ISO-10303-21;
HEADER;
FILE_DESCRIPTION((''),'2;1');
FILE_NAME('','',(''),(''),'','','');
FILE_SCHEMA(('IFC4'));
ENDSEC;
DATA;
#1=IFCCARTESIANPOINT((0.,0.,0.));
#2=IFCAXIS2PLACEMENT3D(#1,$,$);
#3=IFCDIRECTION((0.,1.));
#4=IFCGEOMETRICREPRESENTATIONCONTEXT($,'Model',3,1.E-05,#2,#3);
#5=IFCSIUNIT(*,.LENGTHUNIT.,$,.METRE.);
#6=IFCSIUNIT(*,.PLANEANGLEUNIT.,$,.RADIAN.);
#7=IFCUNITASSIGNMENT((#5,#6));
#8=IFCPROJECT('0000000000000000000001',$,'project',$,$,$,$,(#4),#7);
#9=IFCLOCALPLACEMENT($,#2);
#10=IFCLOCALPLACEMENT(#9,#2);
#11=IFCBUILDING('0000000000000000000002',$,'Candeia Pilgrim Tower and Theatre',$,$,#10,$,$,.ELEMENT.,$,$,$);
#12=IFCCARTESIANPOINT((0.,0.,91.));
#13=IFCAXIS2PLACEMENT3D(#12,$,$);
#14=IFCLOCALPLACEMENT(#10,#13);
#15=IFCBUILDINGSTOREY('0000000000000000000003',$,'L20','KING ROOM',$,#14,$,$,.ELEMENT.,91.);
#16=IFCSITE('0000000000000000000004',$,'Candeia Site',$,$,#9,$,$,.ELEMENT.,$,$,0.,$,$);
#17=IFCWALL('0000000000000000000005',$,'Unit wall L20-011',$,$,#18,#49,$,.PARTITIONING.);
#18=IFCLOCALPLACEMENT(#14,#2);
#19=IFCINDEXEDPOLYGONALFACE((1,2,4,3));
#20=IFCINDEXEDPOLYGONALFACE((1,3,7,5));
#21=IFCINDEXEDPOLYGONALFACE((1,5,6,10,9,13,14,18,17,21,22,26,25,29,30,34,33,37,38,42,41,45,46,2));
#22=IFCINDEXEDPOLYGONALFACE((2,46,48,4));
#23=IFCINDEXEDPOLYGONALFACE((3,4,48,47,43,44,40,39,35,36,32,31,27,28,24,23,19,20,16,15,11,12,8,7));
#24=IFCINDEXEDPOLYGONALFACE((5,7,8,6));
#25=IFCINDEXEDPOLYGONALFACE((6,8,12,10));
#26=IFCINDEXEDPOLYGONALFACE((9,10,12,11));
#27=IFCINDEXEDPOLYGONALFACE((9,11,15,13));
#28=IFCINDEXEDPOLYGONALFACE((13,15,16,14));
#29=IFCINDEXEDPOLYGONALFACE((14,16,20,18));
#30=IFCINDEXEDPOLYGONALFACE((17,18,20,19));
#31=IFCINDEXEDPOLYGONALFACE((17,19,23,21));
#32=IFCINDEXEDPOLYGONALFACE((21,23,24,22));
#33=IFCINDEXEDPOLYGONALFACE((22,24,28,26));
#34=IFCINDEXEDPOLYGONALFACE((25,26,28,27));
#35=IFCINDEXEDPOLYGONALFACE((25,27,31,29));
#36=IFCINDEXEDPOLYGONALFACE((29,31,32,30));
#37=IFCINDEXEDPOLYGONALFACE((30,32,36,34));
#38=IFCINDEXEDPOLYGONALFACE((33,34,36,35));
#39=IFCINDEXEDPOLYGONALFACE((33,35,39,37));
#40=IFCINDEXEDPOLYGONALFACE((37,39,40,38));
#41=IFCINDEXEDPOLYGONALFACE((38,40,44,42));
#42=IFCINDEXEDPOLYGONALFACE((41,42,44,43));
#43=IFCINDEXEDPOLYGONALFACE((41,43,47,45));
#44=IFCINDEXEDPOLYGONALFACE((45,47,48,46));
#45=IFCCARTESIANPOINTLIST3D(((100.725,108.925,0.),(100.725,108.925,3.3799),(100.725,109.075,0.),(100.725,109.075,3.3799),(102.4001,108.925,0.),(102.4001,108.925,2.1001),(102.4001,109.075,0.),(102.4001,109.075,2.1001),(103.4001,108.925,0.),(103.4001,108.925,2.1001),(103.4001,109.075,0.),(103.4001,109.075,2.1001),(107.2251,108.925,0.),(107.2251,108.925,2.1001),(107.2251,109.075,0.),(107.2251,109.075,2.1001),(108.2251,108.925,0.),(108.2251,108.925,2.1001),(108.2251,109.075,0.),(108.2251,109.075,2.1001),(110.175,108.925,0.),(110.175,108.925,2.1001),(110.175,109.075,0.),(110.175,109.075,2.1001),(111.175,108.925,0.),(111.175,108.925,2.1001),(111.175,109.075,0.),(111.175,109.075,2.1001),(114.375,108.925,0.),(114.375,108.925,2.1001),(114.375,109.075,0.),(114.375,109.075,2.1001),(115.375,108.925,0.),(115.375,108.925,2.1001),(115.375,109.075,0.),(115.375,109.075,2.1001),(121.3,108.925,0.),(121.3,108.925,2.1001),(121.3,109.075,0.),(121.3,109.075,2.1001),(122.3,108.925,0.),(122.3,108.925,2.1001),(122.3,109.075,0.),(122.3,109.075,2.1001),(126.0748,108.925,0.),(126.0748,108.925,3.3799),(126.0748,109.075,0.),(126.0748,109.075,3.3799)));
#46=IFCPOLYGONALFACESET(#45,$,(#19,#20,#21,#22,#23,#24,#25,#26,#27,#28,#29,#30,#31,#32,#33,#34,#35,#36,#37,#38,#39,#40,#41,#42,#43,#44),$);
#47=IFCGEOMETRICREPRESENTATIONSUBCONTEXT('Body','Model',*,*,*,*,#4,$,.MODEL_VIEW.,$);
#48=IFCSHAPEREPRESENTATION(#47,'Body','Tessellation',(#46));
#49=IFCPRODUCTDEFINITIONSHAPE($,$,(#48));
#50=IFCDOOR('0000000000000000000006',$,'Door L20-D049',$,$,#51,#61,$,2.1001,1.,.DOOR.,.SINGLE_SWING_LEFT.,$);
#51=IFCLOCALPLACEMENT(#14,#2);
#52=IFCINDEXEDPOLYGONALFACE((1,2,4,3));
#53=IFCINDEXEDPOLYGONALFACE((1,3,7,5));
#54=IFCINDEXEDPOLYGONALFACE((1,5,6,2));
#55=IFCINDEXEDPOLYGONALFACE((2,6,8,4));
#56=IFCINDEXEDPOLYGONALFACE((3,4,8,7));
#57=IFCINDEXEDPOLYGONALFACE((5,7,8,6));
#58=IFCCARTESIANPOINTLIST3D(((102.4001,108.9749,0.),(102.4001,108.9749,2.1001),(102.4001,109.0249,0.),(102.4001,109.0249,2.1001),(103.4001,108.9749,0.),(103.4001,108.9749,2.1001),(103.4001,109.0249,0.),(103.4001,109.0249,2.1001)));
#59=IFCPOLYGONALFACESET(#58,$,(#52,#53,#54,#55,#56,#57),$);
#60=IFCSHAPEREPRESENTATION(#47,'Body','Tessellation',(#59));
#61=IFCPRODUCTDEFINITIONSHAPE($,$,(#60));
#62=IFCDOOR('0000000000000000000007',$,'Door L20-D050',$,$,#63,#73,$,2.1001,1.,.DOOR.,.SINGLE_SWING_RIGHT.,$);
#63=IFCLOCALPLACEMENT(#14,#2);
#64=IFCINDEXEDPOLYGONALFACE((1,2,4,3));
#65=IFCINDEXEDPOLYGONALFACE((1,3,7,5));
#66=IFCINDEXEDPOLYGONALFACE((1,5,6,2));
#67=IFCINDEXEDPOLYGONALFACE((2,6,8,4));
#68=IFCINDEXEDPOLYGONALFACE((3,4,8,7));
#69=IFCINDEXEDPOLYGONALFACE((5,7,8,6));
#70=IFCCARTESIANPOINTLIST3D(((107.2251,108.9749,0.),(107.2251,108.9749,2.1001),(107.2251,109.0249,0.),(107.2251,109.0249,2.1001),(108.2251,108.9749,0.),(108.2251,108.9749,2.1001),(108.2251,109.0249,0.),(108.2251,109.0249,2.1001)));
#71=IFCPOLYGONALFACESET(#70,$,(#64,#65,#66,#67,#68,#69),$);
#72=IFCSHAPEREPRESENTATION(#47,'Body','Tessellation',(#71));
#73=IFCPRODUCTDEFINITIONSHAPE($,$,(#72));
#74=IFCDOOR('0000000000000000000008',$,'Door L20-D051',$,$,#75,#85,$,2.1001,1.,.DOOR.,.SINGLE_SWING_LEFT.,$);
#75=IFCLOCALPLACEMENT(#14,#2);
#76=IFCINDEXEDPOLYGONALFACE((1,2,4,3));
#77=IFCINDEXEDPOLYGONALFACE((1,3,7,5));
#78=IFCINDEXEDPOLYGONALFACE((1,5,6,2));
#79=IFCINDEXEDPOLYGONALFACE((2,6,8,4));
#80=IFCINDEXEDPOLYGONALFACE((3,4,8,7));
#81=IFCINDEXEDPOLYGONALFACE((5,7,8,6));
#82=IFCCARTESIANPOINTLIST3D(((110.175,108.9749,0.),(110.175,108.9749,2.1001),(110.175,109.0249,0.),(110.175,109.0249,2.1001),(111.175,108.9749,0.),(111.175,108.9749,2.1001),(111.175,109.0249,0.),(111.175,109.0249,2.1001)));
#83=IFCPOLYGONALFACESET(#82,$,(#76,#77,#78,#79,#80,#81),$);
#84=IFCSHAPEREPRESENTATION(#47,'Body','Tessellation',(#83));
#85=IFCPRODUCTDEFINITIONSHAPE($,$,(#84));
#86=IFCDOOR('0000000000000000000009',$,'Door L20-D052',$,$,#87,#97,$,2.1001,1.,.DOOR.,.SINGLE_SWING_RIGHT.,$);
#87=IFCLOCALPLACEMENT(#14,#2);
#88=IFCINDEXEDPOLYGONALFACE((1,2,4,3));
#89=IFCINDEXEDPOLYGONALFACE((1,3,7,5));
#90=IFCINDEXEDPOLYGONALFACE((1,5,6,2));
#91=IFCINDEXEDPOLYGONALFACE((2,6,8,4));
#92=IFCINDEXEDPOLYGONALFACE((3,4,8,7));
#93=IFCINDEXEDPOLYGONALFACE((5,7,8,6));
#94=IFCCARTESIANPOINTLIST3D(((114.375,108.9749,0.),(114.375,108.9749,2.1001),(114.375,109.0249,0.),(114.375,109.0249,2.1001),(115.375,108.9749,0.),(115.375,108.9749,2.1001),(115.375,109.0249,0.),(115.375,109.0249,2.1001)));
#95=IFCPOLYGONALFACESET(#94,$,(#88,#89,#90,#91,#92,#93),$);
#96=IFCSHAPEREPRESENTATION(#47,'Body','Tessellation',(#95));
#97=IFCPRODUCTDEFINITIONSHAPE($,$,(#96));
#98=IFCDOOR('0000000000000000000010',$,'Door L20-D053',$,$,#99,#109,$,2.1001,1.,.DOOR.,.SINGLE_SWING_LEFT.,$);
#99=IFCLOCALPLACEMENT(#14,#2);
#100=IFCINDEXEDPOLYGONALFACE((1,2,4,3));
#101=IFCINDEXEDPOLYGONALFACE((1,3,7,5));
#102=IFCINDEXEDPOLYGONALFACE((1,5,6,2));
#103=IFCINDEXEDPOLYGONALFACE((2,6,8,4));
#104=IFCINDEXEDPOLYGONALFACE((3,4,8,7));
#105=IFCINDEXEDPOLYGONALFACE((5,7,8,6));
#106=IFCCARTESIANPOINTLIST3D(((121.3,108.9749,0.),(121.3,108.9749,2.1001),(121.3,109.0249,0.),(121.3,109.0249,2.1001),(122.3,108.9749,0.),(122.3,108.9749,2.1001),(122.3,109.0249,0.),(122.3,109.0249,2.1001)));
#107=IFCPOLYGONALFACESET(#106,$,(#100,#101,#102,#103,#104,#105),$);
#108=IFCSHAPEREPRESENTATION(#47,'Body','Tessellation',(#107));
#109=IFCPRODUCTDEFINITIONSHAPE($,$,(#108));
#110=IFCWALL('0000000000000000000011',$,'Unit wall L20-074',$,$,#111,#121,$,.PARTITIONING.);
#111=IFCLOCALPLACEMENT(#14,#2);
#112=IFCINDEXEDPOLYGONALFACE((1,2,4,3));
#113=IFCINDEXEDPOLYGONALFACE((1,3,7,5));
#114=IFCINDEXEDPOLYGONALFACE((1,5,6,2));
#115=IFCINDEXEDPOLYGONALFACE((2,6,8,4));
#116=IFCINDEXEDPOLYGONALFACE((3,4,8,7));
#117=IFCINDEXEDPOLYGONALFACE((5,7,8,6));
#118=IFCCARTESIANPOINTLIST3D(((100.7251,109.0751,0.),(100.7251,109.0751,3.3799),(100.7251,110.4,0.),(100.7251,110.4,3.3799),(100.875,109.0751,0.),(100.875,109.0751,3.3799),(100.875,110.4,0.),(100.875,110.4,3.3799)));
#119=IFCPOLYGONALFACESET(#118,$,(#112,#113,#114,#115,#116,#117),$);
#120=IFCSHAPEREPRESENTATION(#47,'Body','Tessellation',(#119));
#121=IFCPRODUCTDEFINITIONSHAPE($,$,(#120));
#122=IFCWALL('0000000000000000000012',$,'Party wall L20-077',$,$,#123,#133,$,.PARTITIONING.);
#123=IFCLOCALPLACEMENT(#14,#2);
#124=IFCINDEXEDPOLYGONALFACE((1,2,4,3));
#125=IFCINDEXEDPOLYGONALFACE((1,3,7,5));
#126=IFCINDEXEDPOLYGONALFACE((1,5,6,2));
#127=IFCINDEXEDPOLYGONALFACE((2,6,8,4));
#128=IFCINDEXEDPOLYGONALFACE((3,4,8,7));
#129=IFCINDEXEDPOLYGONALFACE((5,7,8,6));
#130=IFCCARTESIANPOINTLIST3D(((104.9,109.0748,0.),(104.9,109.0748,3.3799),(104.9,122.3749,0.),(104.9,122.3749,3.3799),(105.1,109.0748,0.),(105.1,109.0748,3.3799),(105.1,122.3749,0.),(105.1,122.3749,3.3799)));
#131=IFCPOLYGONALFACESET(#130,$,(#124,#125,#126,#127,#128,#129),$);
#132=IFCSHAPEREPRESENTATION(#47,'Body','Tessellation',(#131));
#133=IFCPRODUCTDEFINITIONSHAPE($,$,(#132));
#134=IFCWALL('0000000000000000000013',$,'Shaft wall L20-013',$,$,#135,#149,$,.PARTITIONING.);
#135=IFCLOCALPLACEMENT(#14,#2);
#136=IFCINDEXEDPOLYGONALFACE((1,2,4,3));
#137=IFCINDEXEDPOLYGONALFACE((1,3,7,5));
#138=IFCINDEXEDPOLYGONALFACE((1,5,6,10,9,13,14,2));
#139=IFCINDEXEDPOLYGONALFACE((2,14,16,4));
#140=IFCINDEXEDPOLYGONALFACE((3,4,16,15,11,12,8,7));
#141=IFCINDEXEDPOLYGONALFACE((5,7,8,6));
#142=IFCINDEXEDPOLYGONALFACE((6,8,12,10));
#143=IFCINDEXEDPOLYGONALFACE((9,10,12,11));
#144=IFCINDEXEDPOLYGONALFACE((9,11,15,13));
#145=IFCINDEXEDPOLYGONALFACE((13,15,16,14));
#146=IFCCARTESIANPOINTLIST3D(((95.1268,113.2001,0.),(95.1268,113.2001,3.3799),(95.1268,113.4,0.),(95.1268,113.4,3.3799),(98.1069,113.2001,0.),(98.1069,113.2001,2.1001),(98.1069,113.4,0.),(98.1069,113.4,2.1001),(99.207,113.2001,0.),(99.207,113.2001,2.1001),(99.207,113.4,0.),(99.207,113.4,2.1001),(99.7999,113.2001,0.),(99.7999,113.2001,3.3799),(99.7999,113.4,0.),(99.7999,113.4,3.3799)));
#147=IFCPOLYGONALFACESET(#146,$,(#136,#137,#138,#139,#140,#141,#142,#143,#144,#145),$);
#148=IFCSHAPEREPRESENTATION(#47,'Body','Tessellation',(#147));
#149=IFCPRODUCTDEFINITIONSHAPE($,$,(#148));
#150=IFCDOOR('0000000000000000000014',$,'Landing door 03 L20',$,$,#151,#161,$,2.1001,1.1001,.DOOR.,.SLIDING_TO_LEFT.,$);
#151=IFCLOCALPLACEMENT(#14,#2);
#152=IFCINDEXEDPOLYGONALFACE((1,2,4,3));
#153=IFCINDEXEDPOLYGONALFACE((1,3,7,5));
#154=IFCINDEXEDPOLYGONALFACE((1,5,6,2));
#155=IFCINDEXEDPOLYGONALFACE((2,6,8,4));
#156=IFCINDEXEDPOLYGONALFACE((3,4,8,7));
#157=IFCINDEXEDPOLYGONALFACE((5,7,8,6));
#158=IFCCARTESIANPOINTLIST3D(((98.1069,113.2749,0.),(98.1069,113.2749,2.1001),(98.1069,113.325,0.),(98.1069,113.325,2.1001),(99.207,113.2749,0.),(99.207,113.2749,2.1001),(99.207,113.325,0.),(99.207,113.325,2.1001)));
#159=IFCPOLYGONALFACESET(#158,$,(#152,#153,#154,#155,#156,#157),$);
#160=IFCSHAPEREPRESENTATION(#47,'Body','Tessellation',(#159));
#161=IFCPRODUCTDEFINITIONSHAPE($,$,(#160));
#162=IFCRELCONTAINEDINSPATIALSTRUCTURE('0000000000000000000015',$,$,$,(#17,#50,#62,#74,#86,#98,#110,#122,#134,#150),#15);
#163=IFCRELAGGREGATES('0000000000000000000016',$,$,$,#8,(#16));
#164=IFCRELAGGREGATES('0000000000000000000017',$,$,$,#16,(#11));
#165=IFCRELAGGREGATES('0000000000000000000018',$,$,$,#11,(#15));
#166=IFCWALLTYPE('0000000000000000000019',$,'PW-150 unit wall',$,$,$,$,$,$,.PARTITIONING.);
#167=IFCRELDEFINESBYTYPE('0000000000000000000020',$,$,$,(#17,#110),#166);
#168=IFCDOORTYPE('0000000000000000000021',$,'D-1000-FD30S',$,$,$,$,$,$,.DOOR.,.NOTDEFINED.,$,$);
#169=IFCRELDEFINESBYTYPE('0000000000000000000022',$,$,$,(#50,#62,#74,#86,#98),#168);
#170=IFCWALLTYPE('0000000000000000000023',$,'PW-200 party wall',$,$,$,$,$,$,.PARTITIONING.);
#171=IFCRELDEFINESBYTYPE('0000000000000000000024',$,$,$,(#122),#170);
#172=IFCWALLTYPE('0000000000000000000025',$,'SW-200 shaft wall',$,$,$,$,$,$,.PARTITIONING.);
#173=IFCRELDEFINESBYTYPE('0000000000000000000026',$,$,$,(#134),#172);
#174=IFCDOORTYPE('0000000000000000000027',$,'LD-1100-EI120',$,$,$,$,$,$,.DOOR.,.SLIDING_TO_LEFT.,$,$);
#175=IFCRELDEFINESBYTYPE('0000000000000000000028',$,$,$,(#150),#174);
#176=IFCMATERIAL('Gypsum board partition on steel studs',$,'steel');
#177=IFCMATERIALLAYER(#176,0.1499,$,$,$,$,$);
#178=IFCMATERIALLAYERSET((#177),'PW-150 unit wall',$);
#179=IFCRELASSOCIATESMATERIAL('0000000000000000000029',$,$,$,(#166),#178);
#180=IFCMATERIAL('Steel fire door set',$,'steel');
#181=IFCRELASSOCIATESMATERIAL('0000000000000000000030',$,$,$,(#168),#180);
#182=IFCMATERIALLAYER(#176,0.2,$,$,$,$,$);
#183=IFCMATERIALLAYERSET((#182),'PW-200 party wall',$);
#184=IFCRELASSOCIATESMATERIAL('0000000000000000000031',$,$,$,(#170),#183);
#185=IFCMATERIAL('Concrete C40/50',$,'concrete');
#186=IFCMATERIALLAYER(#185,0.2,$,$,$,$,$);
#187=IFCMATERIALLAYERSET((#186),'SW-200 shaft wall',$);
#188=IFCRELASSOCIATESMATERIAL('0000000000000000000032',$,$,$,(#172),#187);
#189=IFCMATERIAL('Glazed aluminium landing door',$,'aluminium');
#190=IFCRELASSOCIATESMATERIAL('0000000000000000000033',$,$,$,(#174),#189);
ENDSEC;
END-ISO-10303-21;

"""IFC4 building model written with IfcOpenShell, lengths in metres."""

from ifc_helpers import new_model, si_unit, direction, frame, frame_2d, origin, place, context, subcontext, project, spatial, rectangle, extrude, material, layer, layer_set, type_object, element, fill, save


model = new_model("IFC4")

# Units and contexts
model_context = context("Model", 3, precision=1e-05, world=origin(), true_north=direction((0.0, 1.0)))
body_context = subcontext(model_context, "Body", "Model", "MODEL_VIEW")
ifc_project = project(units=[si_unit("LENGTHUNIT", "METRE"), si_unit("PLANEANGLEUNIT", "RADIAN")], contexts=[model_context])

# Site, building, storey
site_placement = place(None, origin())
site = spatial("IfcSite", under=ifc_project, at=site_placement, Name="Candeia Site", CompositionType="ELEMENT", RefElevation=0.0)
building_placement = place(site_placement, origin())
building = spatial("IfcBuilding", under=site, at=building_placement, Name="Candeia Pilgrim Tower and Theatre", CompositionType="ELEMENT")
storey_placement = place(building_placement, frame((0.0, 0.0, 91.0)))
storey = spatial("IfcBuildingStorey", under=building, at=storey_placement, Name="L20", Description="KING ROOM", CompositionType="ELEMENT", Elevation=91.0)

# Shared definitions
ifc_material_1 = material(Name="Steel fire door set", Category="steel")

# Shared definitions
ifc_material_2 = material(Name="Gypsum board partition on steel studs", Category="steel")

# Wall, openings, doors
ifc_layer_1 = layer(ifc_material_2, 0.1499)
ifc_layer_set_1 = layer_set([ifc_layer_1], Name="PW-150 unit wall")
wall_type_1 = type_object("IfcWallType", Name="PW-150 unit wall", PredefinedType="PARTITIONING", material=ifc_layer_set_1)
wall_1_placement = place(storey_placement, frame((100.7251, 109.0, 0.0), z_axis=(0.0, 0.0, 1.0), x_axis=(1.0, 0.0, 0.0)))
wall_1 = element("IfcWall", 1, at=wall_1_placement, inside=storey, type_object=wall_type_1, Name="Unit wall L20-011", PredefinedType="PARTITIONING", context=body_context, shape_type="SweptSolid", body=[
    extrude(rectangle(XDim=25.3499, YDim=0.1499, at=frame_2d((12.6748, 0.0))), origin(), (0.0, 0.0, 1.0), 3.3799),
])
opening_1_placement = place(wall_1_placement, frame((1.675, 0.0, 0.0)))
opening_1 = element("IfcOpeningElement", 2, at=opening_1_placement, cuts=wall_1, PredefinedType="OPENING", context=body_context, shape_type="SweptSolid", body=[
    extrude(rectangle(XDim=1.0, YDim=2.1001, at=frame_2d((0.5, 1.05))), frame((0.0, 0.085, 0.0), z_axis=(0.0, -1.0, 0.0), x_axis=(1.0, 0.0, 0.0)), (0.0, 0.0, 1.0), 0.1699),
])
opening_2_placement = place(wall_1_placement, frame((6.5, 0.0, 0.0)))
opening_2 = element("IfcOpeningElement", 3, at=opening_2_placement, cuts=wall_1, PredefinedType="OPENING", context=body_context, shape_type="SweptSolid", body=[
    extrude(rectangle(XDim=1.0, YDim=2.1001, at=frame_2d((0.5, 1.05))), frame((0.0, 0.085, 0.0), z_axis=(0.0, -1.0, 0.0), x_axis=(1.0, 0.0, 0.0)), (0.0, 0.0, 1.0), 0.1699),
])
opening_3_placement = place(wall_1_placement, frame((9.45, 0.0, 0.0)))
opening_3 = element("IfcOpeningElement", 4, at=opening_3_placement, cuts=wall_1, PredefinedType="OPENING", context=body_context, shape_type="SweptSolid", body=[
    extrude(rectangle(XDim=1.0, YDim=2.1001, at=frame_2d((0.5, 1.05))), frame((0.0, 0.085, 0.0), z_axis=(0.0, -1.0, 0.0), x_axis=(1.0, 0.0, 0.0)), (0.0, 0.0, 1.0), 0.1699),
])
opening_4_placement = place(wall_1_placement, frame((13.6499, 0.0, 0.0)))
opening_4 = element("IfcOpeningElement", 5, at=opening_4_placement, cuts=wall_1, PredefinedType="OPENING", context=body_context, shape_type="SweptSolid", body=[
    extrude(rectangle(XDim=1.0, YDim=2.1001, at=frame_2d((0.5, 1.05))), frame((0.0, 0.085, 0.0), z_axis=(0.0, -1.0, 0.0), x_axis=(1.0, 0.0, 0.0)), (0.0, 0.0, 1.0), 0.1699),
])
opening_5_placement = place(wall_1_placement, frame((20.575, 0.0, 0.0)))
opening_5 = element("IfcOpeningElement", 6, at=opening_5_placement, cuts=wall_1, PredefinedType="OPENING", context=body_context, shape_type="SweptSolid", body=[
    extrude(rectangle(XDim=1.0, YDim=2.1001, at=frame_2d((0.5, 1.05))), frame((0.0, 0.085, 0.0), z_axis=(0.0, -1.0, 0.0), x_axis=(1.0, 0.0, 0.0)), (0.0, 0.0, 1.0), 0.1699),
])
door_type_1 = type_object("IfcDoorType", Name="D-1000-FD30S", OperationType="NOTDEFINED", PredefinedType="DOOR", material=ifc_material_1)
door_1_placement = place(opening_1_placement, origin())
door_1 = element("IfcDoor", 7, at=door_1_placement, inside=storey, type_object=door_type_1, Name="Door L20-D049", OperationType="SINGLE_SWING_LEFT", OverallHeight=2.1001, OverallWidth=1.0, PredefinedType="DOOR", context=body_context, shape_type="SweptSolid", body=[
    extrude(rectangle(XDim=1.0, YDim=2.1001, at=frame_2d((0.5, 1.05))), frame((0.0, 0.0249, 0.0), z_axis=(0.0, -1.0, 0.0), x_axis=(1.0, 0.0, 0.0)), (0.0, 0.0, 1.0), 0.05),
])
fill(opening_1, door_1)
door_2_placement = place(opening_2_placement, origin())
door_2 = element("IfcDoor", 8, at=door_2_placement, inside=storey, type_object=door_type_1, Name="Door L20-D050", OperationType="SINGLE_SWING_RIGHT", OverallHeight=2.1001, OverallWidth=1.0, PredefinedType="DOOR", context=body_context, shape_type="SweptSolid", body=[
    extrude(rectangle(XDim=1.0, YDim=2.1001, at=frame_2d((0.5, 1.05))), frame((0.0, 0.0249, 0.0), z_axis=(0.0, -1.0, 0.0), x_axis=(1.0, 0.0, 0.0)), (0.0, 0.0, 1.0), 0.05),
])
fill(opening_2, door_2)
door_3_placement = place(opening_3_placement, origin())
door_3 = element("IfcDoor", 9, at=door_3_placement, inside=storey, type_object=door_type_1, Name="Door L20-D051", OperationType="SINGLE_SWING_LEFT", OverallHeight=2.1001, OverallWidth=1.0, PredefinedType="DOOR", context=body_context, shape_type="SweptSolid", body=[
    extrude(rectangle(XDim=1.0, YDim=2.1001, at=frame_2d((0.5, 1.05))), frame((0.0, 0.0249, 0.0), z_axis=(0.0, -1.0, 0.0), x_axis=(1.0, 0.0, 0.0)), (0.0, 0.0, 1.0), 0.05),
])
fill(opening_3, door_3)
door_4_placement = place(opening_4_placement, origin())
door_4 = element("IfcDoor", 10, at=door_4_placement, inside=storey, type_object=door_type_1, Name="Door L20-D052", OperationType="SINGLE_SWING_RIGHT", OverallHeight=2.1001, OverallWidth=1.0, PredefinedType="DOOR", context=body_context, shape_type="SweptSolid", body=[
    extrude(rectangle(XDim=1.0, YDim=2.1001, at=frame_2d((0.5, 1.05))), frame((0.0, 0.0249, 0.0), z_axis=(0.0, -1.0, 0.0), x_axis=(1.0, 0.0, 0.0)), (0.0, 0.0, 1.0), 0.05),
])
fill(opening_4, door_4)
door_5_placement = place(opening_5_placement, origin())
door_5 = element("IfcDoor", 11, at=door_5_placement, inside=storey, type_object=door_type_1, Name="Door L20-D053", OperationType="SINGLE_SWING_LEFT", OverallHeight=2.1001, OverallWidth=1.0, PredefinedType="DOOR", context=body_context, shape_type="SweptSolid", body=[
    extrude(rectangle(XDim=1.0, YDim=2.1001, at=frame_2d((0.5, 1.05))), frame((0.0, 0.0249, 0.0), z_axis=(0.0, -1.0, 0.0), x_axis=(1.0, 0.0, 0.0)), (0.0, 0.0, 1.0), 0.05),
])
fill(opening_5, door_5)

# Walls
wall_2_placement = place(storey_placement, frame((100.8, 109.075, 0.0), z_axis=(0.0, 0.0, 1.0), x_axis=(0.0, 1.0, 0.0)))
element("IfcWall", 12, at=wall_2_placement, inside=storey, type_object=wall_type_1, Name="Unit wall L20-074", PredefinedType="PARTITIONING", context=body_context, shape_type="SweptSolid", body=[
    extrude(rectangle(XDim=1.325, YDim=0.1499, at=frame_2d((0.6626, 0.0))), origin(), (0.0, 0.0, 1.0), 3.3799),
])
ifc_layer_2 = layer(ifc_material_2, 0.2)
ifc_layer_set_2 = layer_set([ifc_layer_2], Name="PW-200 party wall")
wall_type_2 = type_object("IfcWallType", Name="PW-200 party wall", PredefinedType="PARTITIONING", material=ifc_layer_set_2)
wall_3_placement = place(storey_placement, frame((105.0, 109.075, 0.0), z_axis=(0.0, 0.0, 1.0), x_axis=(0.0, 1.0, 0.0)))
element("IfcWall", 13, at=wall_3_placement, inside=storey, type_object=wall_type_2, Name="Party wall L20-077", PredefinedType="PARTITIONING", context=body_context, shape_type="SweptSolid", body=[
    extrude(rectangle(XDim=13.3, YDim=0.2, at=frame_2d((6.6499, 0.0))), origin(), (0.0, 0.0, 1.0), 3.3799),
])

# Wall, opening, door
ifc_material_3 = material(Name="Concrete C40/50", Category="concrete")
ifc_layer_3 = layer(ifc_material_3, 0.2)
ifc_layer_set_3 = layer_set([ifc_layer_3], Name="SW-200 shaft wall")
wall_type_3 = type_object("IfcWallType", Name="SW-200 shaft wall", PredefinedType="PARTITIONING", material=ifc_layer_set_3)
wall_4_placement = place(storey_placement, frame((95.127, 113.3, 0.0), z_axis=(0.0, 0.0, 1.0), x_axis=(1.0, 0.0, 0.0)))
wall_4 = element("IfcWall", 14, at=wall_4_placement, inside=storey, type_object=wall_type_3, Name="Shaft wall L20-013", PredefinedType="PARTITIONING", context=body_context, shape_type="SweptSolid", body=[
    extrude(rectangle(XDim=4.6731, YDim=0.2, at=frame_2d((2.3364, 0.0))), origin(), (0.0, 0.0, 1.0), 3.3799),
])
opening_6_placement = place(wall_4_placement, frame((2.98, 0.0, 0.0)))
opening_6 = element("IfcOpeningElement", 15, at=opening_6_placement, cuts=wall_4, PredefinedType="OPENING", context=body_context, shape_type="SweptSolid", body=[
    extrude(rectangle(XDim=1.1001, YDim=2.1001, at=frame_2d((0.55, 1.05))), frame((0.0, 0.1099, 0.0), z_axis=(0.0, -1.0, 0.0), x_axis=(1.0, 0.0, 0.0)), (0.0, 0.0, 1.0), 0.22),
])
ifc_material_4 = material(Name="Glazed aluminium landing door", Category="aluminium")
door_type_2 = type_object("IfcDoorType", Name="LD-1100-EI120", OperationType="SLIDING_TO_LEFT", PredefinedType="DOOR", material=ifc_material_4)
door_6_placement = place(opening_6_placement, origin())
door_6 = element("IfcDoor", 16, at=door_6_placement, inside=storey, type_object=door_type_2, Name="Landing door 03 L20", OperationType="SLIDING_TO_LEFT", OverallHeight=2.1001, OverallWidth=1.1001, PredefinedType="DOOR", context=body_context, shape_type="SweptSolid", body=[
    extrude(rectangle(XDim=1.1001, YDim=2.1001, at=frame_2d((0.55, 1.05))), frame((0.0, 0.0249, 0.0), z_axis=(0.0, -1.0, 0.0), x_axis=(1.0, 0.0, 0.0)), (0.0, 0.0, 1.0), 0.05),
])
fill(opening_6, door_6)

save(model, "model.ifc")
